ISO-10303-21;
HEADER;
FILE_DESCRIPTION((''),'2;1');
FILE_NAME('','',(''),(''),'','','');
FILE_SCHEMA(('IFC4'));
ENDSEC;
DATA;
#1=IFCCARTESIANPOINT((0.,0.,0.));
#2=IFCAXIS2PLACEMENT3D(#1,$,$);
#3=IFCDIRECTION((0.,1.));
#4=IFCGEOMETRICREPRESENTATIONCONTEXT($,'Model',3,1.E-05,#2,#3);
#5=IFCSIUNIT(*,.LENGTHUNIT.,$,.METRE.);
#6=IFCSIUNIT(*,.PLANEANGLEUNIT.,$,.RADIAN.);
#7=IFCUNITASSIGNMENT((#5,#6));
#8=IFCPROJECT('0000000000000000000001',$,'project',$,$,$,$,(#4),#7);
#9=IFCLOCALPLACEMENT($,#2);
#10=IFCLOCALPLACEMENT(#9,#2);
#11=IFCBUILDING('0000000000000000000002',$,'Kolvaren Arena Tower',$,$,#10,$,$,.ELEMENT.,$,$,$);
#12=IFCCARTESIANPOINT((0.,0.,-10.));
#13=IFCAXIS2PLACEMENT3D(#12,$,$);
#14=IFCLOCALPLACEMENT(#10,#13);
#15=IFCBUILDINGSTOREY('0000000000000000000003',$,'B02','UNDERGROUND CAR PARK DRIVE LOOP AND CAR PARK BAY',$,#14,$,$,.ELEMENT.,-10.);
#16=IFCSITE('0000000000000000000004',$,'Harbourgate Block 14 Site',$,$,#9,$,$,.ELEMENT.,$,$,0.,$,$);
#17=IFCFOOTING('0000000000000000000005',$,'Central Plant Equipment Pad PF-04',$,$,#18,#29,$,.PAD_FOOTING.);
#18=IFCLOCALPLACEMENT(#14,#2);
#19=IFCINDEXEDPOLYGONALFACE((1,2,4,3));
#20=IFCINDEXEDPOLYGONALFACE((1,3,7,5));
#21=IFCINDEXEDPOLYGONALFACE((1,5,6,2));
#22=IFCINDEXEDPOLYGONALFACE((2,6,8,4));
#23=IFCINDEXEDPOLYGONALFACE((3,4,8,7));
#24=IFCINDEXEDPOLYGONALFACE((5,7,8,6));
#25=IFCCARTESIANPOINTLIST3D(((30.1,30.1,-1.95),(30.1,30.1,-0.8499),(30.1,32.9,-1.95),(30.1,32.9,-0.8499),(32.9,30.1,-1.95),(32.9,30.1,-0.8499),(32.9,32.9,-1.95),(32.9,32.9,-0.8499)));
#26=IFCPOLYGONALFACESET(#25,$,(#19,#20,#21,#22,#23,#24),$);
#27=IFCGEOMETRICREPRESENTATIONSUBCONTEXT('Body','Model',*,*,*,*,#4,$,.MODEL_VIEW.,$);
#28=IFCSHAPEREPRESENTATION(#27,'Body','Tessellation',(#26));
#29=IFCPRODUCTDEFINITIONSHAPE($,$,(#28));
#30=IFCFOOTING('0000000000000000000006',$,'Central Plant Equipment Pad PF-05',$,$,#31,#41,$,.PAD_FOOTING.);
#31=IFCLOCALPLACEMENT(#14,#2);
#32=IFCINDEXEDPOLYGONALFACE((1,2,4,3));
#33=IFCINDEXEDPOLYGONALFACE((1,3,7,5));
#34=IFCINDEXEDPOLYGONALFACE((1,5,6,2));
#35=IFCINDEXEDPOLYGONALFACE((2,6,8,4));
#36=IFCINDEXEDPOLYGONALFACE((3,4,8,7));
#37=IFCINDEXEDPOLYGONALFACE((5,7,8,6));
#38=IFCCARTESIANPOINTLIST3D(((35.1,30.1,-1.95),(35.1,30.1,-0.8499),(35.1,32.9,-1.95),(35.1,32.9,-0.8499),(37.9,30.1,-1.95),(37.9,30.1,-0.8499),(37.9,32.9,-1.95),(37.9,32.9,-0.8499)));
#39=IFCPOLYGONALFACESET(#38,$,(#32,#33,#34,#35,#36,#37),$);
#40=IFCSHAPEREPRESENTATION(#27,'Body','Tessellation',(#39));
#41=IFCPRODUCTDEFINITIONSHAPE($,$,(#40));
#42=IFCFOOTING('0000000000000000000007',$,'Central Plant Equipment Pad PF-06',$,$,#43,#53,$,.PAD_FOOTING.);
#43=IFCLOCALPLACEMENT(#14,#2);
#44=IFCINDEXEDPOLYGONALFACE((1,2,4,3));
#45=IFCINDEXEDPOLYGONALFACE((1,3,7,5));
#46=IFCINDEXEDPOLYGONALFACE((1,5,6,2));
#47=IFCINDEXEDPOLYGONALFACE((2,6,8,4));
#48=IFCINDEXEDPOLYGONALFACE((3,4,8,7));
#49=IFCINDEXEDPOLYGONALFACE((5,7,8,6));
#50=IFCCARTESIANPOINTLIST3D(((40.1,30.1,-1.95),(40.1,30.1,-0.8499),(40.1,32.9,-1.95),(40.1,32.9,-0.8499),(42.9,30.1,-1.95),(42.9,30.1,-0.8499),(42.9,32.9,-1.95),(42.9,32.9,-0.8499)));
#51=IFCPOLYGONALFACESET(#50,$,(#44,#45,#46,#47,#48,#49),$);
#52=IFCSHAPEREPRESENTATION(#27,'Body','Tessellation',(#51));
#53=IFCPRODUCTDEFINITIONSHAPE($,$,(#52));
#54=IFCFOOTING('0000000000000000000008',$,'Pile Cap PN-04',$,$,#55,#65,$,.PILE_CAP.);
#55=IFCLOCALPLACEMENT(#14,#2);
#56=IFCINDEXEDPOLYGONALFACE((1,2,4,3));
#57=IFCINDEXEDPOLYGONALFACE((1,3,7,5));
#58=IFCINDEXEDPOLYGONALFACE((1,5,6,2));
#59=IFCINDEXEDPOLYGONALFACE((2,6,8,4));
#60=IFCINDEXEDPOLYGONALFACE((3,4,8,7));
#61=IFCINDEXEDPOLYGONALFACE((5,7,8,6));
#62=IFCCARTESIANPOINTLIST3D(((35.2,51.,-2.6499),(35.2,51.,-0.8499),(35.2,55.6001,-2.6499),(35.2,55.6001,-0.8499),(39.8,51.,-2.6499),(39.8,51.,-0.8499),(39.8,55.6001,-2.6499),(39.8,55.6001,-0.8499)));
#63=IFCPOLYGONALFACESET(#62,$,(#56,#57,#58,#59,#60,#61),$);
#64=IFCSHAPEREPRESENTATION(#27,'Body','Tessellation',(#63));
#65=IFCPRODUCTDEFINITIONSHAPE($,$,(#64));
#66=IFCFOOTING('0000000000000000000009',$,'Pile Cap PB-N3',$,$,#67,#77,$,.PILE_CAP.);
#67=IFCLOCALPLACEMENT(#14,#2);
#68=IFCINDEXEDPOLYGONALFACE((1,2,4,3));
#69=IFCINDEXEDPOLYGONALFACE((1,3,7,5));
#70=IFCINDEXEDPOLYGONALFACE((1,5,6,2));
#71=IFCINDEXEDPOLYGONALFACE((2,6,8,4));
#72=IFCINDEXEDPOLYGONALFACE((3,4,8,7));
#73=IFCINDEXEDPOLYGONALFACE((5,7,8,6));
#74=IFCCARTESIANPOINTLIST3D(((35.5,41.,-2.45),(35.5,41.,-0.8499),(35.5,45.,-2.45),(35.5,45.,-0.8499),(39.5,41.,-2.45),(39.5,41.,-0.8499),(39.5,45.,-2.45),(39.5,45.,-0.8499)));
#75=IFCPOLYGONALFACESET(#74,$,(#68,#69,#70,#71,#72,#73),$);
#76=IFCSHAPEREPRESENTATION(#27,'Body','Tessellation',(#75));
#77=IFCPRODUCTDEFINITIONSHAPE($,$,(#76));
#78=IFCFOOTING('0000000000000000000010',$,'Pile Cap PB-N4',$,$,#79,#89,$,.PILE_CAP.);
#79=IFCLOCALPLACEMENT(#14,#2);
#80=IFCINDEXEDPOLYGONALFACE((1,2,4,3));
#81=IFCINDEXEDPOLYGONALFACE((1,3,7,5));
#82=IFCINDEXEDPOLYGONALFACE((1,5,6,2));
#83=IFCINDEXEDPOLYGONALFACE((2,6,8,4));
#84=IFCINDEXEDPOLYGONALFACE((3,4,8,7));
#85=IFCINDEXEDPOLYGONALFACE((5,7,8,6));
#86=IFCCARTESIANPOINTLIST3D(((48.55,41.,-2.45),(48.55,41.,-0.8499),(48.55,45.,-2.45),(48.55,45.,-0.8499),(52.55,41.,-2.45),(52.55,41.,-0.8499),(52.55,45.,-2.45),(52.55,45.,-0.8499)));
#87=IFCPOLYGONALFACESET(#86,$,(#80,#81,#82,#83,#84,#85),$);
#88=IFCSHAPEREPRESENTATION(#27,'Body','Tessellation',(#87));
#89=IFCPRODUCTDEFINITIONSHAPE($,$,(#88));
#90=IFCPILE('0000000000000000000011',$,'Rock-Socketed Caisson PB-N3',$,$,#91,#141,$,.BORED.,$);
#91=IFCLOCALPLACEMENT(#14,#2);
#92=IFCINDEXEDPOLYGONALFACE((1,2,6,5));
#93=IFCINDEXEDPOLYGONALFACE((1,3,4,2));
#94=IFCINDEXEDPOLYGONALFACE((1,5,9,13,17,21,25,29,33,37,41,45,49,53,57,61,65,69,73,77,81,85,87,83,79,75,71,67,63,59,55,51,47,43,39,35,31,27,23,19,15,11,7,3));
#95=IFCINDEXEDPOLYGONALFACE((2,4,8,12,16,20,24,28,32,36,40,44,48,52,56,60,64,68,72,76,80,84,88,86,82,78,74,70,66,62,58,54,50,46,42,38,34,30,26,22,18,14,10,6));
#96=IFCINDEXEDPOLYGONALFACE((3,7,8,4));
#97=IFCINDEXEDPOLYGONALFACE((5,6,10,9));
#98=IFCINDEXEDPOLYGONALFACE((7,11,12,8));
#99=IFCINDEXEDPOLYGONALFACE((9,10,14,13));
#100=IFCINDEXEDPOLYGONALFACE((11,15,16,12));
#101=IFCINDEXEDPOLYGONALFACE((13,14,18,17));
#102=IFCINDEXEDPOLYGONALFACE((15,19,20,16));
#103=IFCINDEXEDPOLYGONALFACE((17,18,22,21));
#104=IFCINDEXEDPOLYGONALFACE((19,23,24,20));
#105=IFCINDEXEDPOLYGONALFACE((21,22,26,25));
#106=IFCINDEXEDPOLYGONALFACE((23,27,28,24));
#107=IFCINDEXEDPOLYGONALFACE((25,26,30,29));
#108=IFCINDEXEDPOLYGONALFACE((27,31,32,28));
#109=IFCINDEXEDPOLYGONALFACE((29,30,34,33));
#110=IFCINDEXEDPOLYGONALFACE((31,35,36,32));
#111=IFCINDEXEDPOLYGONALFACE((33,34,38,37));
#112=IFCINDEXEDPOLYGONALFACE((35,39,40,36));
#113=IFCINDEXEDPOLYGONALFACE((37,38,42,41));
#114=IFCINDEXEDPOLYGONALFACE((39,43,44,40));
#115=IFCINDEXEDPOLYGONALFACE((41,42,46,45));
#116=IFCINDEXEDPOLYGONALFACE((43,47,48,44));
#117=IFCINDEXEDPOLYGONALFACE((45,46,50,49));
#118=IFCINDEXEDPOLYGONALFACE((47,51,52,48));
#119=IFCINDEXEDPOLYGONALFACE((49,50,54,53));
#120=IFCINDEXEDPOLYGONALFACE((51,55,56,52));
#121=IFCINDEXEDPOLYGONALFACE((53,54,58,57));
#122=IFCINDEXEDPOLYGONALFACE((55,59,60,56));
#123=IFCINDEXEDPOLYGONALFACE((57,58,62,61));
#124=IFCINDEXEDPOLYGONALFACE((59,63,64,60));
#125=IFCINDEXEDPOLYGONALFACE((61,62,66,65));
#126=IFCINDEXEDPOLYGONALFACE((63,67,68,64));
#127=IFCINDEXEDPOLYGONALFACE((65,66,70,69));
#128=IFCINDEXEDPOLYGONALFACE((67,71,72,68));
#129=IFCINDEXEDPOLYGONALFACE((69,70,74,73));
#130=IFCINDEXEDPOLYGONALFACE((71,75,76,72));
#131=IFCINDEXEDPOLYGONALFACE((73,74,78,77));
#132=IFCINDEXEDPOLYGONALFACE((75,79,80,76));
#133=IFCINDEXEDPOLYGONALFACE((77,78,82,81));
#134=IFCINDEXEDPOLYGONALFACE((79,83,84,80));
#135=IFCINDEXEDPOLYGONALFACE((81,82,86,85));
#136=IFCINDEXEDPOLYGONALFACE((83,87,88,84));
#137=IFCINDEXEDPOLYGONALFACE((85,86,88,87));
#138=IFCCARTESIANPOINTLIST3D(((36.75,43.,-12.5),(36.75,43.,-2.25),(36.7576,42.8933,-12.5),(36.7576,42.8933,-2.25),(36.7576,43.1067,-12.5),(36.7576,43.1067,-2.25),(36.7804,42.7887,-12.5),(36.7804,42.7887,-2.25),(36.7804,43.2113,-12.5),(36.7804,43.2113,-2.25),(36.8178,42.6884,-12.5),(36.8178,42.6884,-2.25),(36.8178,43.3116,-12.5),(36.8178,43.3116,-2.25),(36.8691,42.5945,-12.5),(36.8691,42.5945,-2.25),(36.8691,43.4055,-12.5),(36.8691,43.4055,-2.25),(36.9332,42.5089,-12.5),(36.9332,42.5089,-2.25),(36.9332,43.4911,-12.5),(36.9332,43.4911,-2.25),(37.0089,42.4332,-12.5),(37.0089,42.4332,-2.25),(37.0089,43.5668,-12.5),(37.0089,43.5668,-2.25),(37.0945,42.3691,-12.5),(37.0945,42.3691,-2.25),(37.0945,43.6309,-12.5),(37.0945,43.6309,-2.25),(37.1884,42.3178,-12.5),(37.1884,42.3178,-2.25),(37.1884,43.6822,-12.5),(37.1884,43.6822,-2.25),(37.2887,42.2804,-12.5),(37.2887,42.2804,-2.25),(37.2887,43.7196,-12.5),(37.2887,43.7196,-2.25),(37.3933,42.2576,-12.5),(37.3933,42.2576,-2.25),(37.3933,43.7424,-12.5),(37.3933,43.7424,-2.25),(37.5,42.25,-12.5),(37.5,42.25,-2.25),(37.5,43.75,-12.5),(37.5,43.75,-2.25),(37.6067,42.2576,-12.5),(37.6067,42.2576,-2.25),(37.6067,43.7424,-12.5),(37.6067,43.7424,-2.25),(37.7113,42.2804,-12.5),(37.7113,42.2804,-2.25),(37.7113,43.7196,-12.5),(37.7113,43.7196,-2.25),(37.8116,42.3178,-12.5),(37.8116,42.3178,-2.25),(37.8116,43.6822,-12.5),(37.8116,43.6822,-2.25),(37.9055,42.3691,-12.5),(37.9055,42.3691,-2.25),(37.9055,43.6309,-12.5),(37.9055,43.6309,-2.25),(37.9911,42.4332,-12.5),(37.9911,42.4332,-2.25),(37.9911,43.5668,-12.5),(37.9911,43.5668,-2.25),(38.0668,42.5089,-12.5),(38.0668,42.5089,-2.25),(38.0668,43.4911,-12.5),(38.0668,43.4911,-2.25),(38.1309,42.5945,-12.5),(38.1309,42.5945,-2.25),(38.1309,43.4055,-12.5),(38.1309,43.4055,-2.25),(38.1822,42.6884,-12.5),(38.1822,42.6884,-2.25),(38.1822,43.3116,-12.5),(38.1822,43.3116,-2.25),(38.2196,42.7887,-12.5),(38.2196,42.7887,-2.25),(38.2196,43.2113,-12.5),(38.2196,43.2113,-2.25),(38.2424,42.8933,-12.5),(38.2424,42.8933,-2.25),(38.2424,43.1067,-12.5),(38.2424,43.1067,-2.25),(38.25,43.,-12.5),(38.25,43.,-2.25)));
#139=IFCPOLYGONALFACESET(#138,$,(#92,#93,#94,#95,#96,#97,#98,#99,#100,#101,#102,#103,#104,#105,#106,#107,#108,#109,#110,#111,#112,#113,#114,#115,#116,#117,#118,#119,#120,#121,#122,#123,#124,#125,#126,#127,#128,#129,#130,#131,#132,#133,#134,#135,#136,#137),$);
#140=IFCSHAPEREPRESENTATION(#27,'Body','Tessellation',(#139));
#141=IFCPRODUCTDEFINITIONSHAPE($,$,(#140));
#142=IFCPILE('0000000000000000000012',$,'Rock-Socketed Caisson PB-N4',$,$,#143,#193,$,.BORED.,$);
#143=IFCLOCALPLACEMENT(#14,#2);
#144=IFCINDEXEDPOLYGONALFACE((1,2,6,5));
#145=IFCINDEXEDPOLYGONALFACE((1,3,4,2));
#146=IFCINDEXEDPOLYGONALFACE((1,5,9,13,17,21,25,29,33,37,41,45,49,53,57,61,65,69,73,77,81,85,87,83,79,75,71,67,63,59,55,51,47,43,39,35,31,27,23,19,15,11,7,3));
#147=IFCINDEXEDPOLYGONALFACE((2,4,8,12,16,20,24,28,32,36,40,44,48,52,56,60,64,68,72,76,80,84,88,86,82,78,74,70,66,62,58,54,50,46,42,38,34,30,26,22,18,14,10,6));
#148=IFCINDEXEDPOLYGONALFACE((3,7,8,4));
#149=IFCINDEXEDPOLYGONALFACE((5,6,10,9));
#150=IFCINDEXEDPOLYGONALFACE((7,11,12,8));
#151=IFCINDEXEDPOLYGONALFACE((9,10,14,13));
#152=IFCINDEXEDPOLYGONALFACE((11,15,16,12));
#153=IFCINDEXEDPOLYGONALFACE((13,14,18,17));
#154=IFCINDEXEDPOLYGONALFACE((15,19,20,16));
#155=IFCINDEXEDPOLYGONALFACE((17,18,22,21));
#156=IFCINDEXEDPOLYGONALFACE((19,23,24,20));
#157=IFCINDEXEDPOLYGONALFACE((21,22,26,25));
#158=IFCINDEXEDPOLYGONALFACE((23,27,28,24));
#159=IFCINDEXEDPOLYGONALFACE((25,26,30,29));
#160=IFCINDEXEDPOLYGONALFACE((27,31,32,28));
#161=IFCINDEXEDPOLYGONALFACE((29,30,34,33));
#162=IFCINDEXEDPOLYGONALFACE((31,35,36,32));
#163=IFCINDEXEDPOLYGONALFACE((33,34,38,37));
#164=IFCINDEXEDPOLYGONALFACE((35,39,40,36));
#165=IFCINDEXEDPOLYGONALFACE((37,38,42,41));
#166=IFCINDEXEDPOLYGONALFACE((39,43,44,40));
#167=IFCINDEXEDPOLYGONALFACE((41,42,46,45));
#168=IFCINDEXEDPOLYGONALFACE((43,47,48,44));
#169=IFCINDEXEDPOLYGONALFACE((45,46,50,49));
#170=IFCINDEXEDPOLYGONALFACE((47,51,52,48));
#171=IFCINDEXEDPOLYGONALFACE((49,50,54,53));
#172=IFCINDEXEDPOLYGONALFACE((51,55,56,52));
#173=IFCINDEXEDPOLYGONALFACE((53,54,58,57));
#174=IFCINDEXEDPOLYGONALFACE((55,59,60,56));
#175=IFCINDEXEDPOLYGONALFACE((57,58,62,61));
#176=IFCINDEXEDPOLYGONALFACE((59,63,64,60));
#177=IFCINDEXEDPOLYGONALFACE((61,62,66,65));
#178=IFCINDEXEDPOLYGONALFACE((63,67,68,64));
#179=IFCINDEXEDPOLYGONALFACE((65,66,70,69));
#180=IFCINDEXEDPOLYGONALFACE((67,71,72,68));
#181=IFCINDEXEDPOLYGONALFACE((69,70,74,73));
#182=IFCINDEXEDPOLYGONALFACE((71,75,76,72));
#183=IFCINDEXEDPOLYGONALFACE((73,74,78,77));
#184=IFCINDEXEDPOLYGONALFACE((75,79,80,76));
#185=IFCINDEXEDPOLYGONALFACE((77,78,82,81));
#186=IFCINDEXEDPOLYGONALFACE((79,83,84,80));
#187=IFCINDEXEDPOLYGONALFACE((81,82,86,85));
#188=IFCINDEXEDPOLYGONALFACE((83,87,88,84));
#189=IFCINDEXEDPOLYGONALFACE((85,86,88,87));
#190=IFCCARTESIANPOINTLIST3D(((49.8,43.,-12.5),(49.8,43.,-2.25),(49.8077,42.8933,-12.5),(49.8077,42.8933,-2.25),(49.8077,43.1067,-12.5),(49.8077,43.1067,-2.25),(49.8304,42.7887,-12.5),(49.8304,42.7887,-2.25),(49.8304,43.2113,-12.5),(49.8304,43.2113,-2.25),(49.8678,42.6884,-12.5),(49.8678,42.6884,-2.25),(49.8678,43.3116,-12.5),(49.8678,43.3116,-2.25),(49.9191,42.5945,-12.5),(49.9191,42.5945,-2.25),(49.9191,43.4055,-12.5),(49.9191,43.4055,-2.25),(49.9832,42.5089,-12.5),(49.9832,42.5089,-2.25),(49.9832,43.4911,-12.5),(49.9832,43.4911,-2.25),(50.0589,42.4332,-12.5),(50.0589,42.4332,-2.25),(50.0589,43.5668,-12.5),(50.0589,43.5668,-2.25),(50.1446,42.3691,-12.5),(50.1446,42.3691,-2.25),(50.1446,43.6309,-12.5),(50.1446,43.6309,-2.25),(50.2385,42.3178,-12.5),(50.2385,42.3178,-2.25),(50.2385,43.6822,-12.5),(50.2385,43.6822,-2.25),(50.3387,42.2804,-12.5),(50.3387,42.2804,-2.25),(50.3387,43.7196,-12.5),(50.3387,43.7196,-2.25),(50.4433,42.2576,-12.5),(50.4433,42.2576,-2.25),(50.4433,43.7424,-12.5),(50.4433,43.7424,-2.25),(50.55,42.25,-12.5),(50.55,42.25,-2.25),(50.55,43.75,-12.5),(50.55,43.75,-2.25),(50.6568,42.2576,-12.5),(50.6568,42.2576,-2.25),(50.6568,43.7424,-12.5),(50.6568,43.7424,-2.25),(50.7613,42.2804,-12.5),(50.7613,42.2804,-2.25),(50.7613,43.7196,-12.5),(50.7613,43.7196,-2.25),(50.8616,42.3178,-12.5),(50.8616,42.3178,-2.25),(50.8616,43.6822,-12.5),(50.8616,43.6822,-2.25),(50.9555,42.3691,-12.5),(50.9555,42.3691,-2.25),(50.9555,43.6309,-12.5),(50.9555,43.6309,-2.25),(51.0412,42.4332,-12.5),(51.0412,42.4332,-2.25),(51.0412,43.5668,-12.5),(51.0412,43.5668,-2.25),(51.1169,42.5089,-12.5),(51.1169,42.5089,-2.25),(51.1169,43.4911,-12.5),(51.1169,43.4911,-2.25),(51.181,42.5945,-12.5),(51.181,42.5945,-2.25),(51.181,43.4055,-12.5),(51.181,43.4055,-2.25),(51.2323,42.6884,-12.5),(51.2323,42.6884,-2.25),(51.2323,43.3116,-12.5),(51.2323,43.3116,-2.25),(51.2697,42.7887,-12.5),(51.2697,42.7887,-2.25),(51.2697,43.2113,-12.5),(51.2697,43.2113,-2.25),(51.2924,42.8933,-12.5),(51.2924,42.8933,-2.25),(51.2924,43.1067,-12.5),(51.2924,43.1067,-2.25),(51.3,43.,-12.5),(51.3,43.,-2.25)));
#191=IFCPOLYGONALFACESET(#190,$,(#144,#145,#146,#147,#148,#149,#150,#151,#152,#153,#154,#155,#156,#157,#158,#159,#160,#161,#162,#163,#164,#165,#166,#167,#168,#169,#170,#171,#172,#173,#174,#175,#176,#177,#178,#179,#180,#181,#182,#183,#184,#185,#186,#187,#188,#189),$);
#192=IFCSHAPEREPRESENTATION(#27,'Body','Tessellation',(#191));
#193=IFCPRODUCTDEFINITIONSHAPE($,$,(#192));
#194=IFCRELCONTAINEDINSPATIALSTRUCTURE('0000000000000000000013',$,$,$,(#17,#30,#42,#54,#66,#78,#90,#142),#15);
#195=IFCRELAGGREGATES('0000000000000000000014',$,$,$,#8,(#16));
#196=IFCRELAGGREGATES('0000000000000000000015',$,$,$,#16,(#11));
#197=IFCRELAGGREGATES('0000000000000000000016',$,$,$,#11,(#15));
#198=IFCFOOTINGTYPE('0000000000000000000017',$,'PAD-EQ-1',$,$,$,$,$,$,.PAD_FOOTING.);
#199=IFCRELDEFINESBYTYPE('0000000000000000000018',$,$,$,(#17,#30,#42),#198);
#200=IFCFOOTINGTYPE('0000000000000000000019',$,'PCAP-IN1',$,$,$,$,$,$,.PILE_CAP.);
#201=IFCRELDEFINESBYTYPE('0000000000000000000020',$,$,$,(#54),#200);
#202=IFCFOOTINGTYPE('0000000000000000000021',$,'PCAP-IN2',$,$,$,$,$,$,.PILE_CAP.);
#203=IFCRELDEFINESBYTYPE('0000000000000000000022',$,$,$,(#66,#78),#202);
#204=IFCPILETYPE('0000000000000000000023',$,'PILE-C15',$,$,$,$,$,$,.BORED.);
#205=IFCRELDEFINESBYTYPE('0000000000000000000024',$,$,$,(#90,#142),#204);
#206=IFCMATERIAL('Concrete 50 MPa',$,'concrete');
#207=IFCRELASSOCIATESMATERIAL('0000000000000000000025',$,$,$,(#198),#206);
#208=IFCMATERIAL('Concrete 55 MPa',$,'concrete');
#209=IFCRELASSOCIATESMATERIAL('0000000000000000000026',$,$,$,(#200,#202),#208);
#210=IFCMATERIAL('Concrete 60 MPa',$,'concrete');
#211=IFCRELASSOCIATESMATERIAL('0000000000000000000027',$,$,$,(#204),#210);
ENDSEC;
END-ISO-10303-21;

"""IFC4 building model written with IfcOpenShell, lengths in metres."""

from ifc_helpers import new_model, si_unit, direction, frame, origin, origin_2d, place, context, subcontext, project, spatial, rectangle, circle, extrude, material, material_profile, profile_set, type_object, element, save


model = new_model("IFC4")

# Units and contexts
model_context = context("Model", 3, precision=1e-05, world=origin(), true_north=direction((0.0, 1.0)))
body_context = subcontext(model_context, "Body", "Model", "MODEL_VIEW")
ifc_project = project(units=[si_unit("LENGTHUNIT", "METRE"), si_unit("PLANEANGLEUNIT", "RADIAN")], contexts=[model_context])

# Site, building, storey
site_placement = place(None, origin())
site = spatial("IfcSite", under=ifc_project, at=site_placement, Name="Harbourgate Block 14 Site", CompositionType="ELEMENT", RefElevation=0.0)
building_placement = place(site_placement, origin())
building = spatial("IfcBuilding", under=site, at=building_placement, Name="Kolvaren Arena Tower", CompositionType="ELEMENT")
storey_placement = place(building_placement, frame((0.0, 0.0, -10.0)))
storey = spatial("IfcBuildingStorey", under=building, at=storey_placement, Name="B02", Description="UNDERGROUND CAR PARK DRIVE LOOP AND CAR PARK BAY", CompositionType="ELEMENT", Elevation=-10.0)

# Footings
ifc_material_1 = material(Name="Concrete 50 MPa", Category="concrete")
footing_type_1 = type_object("IfcFootingType", Name="PAD-EQ-1", PredefinedType="PAD_FOOTING", material=ifc_material_1)
for number, where, z_axis, x_axis, name in (
    (1, (31.5, 31.5, -1.95), (0.0, 0.0, 1.0), (1.0, 0.0, 0.0), "Central Plant Equipment Pad PF-04"),
    (2, (36.5, 31.5, -1.95), (0.0, 0.0, 1.0), (1.0, 0.0, 0.0), "Central Plant Equipment Pad PF-05"),
    (3, (41.5, 31.5, -1.95), (0.0, 0.0, 1.0), (1.0, 0.0, 0.0), "Central Plant Equipment Pad PF-06"),
):
    element("IfcFooting", number, at=place(storey_placement, frame(where, z_axis=z_axis, x_axis=x_axis)), inside=storey, type_object=footing_type_1, Name=name, PredefinedType="PAD_FOOTING", context=body_context, shape_type="SweptSolid", body=[
        extrude(rectangle(XDim=2.8, YDim=2.8, at=origin_2d()), origin(), (0.0, 0.0, 1.0), 1.1001),
    ])
ifc_material_2 = material(Name="Concrete 55 MPa", Category="concrete")
footing_type_2 = type_object("IfcFootingType", Name="PCAP-IN1", PredefinedType="PILE_CAP", material=ifc_material_2)
footing_placement = place(storey_placement, frame((37.5, 53.3, -2.6499), z_axis=(0.0, 0.0, 1.0), x_axis=(1.0, 0.0, 0.0)))
element("IfcFooting", 4, at=footing_placement, inside=storey, type_object=footing_type_2, Name="Pile Cap PN-04", PredefinedType="PILE_CAP", context=body_context, shape_type="SweptSolid", body=[
    extrude(rectangle(XDim=4.6001, YDim=4.6001, at=origin_2d()), origin(), (0.0, 0.0, 1.0), 1.8),
])
footing_type_3 = type_object("IfcFootingType", Name="PCAP-IN2", PredefinedType="PILE_CAP", material=ifc_material_2)
for number, where, z_axis, x_axis, name in (
    (5, (37.5, 43.0, -2.45), (0.0, 0.0, 1.0), (1.0, 0.0, 0.0), "Pile Cap PB-N3"),
    (6, (50.55, 43.0, -2.45), (0.0, 0.0, 1.0), (1.0, 0.0, 0.0), "Pile Cap PB-N4"),
):
    element("IfcFooting", number, at=place(storey_placement, frame(where, z_axis=z_axis, x_axis=x_axis)), inside=storey, type_object=footing_type_3, Name=name, PredefinedType="PILE_CAP", context=body_context, shape_type="SweptSolid", body=[
        extrude(rectangle(XDim=4.0, YDim=4.0, at=origin_2d()), origin(), (0.0, 0.0, 1.0), 1.6001),
    ])

# Piles
ifc_material_3 = material(Name="Concrete 60 MPa", Category="concrete")
ifc_material_profile_1 = material_profile(ifc_material_3, circle(Radius=0.75, at=origin_2d()), Name="CAISSON-D1500")
ifc_profile_set_1 = profile_set([ifc_material_profile_1], Name="Concrete 60 MPa")
pile_type_1 = type_object("IfcPileType", Name="PILE-C15", PredefinedType="BORED", material=ifc_profile_set_1)
for number, where, z_axis, x_axis, name in (
    (7, (37.5, 43.0, -2.25), (0.0, 0.0, -1.0), (1.0, 0.0, 0.0), "Rock-Socketed Caisson PB-N3"),
    (8, (50.55, 43.0, -2.25), (0.0, 0.0, -1.0), (1.0, 0.0, 0.0), "Rock-Socketed Caisson PB-N4"),
):
    element("IfcPile", number, at=place(storey_placement, frame(where, z_axis=z_axis, x_axis=x_axis)), inside=storey, type_object=pile_type_1, Name=name, PredefinedType="BORED", context=body_context, shape_type="SweptSolid", body=[
        extrude(circle(Radius=0.75, at=origin_2d()), origin(), (0.0, 0.0, 1.0), 10.25),
    ])

save(model, "model.ifc")
